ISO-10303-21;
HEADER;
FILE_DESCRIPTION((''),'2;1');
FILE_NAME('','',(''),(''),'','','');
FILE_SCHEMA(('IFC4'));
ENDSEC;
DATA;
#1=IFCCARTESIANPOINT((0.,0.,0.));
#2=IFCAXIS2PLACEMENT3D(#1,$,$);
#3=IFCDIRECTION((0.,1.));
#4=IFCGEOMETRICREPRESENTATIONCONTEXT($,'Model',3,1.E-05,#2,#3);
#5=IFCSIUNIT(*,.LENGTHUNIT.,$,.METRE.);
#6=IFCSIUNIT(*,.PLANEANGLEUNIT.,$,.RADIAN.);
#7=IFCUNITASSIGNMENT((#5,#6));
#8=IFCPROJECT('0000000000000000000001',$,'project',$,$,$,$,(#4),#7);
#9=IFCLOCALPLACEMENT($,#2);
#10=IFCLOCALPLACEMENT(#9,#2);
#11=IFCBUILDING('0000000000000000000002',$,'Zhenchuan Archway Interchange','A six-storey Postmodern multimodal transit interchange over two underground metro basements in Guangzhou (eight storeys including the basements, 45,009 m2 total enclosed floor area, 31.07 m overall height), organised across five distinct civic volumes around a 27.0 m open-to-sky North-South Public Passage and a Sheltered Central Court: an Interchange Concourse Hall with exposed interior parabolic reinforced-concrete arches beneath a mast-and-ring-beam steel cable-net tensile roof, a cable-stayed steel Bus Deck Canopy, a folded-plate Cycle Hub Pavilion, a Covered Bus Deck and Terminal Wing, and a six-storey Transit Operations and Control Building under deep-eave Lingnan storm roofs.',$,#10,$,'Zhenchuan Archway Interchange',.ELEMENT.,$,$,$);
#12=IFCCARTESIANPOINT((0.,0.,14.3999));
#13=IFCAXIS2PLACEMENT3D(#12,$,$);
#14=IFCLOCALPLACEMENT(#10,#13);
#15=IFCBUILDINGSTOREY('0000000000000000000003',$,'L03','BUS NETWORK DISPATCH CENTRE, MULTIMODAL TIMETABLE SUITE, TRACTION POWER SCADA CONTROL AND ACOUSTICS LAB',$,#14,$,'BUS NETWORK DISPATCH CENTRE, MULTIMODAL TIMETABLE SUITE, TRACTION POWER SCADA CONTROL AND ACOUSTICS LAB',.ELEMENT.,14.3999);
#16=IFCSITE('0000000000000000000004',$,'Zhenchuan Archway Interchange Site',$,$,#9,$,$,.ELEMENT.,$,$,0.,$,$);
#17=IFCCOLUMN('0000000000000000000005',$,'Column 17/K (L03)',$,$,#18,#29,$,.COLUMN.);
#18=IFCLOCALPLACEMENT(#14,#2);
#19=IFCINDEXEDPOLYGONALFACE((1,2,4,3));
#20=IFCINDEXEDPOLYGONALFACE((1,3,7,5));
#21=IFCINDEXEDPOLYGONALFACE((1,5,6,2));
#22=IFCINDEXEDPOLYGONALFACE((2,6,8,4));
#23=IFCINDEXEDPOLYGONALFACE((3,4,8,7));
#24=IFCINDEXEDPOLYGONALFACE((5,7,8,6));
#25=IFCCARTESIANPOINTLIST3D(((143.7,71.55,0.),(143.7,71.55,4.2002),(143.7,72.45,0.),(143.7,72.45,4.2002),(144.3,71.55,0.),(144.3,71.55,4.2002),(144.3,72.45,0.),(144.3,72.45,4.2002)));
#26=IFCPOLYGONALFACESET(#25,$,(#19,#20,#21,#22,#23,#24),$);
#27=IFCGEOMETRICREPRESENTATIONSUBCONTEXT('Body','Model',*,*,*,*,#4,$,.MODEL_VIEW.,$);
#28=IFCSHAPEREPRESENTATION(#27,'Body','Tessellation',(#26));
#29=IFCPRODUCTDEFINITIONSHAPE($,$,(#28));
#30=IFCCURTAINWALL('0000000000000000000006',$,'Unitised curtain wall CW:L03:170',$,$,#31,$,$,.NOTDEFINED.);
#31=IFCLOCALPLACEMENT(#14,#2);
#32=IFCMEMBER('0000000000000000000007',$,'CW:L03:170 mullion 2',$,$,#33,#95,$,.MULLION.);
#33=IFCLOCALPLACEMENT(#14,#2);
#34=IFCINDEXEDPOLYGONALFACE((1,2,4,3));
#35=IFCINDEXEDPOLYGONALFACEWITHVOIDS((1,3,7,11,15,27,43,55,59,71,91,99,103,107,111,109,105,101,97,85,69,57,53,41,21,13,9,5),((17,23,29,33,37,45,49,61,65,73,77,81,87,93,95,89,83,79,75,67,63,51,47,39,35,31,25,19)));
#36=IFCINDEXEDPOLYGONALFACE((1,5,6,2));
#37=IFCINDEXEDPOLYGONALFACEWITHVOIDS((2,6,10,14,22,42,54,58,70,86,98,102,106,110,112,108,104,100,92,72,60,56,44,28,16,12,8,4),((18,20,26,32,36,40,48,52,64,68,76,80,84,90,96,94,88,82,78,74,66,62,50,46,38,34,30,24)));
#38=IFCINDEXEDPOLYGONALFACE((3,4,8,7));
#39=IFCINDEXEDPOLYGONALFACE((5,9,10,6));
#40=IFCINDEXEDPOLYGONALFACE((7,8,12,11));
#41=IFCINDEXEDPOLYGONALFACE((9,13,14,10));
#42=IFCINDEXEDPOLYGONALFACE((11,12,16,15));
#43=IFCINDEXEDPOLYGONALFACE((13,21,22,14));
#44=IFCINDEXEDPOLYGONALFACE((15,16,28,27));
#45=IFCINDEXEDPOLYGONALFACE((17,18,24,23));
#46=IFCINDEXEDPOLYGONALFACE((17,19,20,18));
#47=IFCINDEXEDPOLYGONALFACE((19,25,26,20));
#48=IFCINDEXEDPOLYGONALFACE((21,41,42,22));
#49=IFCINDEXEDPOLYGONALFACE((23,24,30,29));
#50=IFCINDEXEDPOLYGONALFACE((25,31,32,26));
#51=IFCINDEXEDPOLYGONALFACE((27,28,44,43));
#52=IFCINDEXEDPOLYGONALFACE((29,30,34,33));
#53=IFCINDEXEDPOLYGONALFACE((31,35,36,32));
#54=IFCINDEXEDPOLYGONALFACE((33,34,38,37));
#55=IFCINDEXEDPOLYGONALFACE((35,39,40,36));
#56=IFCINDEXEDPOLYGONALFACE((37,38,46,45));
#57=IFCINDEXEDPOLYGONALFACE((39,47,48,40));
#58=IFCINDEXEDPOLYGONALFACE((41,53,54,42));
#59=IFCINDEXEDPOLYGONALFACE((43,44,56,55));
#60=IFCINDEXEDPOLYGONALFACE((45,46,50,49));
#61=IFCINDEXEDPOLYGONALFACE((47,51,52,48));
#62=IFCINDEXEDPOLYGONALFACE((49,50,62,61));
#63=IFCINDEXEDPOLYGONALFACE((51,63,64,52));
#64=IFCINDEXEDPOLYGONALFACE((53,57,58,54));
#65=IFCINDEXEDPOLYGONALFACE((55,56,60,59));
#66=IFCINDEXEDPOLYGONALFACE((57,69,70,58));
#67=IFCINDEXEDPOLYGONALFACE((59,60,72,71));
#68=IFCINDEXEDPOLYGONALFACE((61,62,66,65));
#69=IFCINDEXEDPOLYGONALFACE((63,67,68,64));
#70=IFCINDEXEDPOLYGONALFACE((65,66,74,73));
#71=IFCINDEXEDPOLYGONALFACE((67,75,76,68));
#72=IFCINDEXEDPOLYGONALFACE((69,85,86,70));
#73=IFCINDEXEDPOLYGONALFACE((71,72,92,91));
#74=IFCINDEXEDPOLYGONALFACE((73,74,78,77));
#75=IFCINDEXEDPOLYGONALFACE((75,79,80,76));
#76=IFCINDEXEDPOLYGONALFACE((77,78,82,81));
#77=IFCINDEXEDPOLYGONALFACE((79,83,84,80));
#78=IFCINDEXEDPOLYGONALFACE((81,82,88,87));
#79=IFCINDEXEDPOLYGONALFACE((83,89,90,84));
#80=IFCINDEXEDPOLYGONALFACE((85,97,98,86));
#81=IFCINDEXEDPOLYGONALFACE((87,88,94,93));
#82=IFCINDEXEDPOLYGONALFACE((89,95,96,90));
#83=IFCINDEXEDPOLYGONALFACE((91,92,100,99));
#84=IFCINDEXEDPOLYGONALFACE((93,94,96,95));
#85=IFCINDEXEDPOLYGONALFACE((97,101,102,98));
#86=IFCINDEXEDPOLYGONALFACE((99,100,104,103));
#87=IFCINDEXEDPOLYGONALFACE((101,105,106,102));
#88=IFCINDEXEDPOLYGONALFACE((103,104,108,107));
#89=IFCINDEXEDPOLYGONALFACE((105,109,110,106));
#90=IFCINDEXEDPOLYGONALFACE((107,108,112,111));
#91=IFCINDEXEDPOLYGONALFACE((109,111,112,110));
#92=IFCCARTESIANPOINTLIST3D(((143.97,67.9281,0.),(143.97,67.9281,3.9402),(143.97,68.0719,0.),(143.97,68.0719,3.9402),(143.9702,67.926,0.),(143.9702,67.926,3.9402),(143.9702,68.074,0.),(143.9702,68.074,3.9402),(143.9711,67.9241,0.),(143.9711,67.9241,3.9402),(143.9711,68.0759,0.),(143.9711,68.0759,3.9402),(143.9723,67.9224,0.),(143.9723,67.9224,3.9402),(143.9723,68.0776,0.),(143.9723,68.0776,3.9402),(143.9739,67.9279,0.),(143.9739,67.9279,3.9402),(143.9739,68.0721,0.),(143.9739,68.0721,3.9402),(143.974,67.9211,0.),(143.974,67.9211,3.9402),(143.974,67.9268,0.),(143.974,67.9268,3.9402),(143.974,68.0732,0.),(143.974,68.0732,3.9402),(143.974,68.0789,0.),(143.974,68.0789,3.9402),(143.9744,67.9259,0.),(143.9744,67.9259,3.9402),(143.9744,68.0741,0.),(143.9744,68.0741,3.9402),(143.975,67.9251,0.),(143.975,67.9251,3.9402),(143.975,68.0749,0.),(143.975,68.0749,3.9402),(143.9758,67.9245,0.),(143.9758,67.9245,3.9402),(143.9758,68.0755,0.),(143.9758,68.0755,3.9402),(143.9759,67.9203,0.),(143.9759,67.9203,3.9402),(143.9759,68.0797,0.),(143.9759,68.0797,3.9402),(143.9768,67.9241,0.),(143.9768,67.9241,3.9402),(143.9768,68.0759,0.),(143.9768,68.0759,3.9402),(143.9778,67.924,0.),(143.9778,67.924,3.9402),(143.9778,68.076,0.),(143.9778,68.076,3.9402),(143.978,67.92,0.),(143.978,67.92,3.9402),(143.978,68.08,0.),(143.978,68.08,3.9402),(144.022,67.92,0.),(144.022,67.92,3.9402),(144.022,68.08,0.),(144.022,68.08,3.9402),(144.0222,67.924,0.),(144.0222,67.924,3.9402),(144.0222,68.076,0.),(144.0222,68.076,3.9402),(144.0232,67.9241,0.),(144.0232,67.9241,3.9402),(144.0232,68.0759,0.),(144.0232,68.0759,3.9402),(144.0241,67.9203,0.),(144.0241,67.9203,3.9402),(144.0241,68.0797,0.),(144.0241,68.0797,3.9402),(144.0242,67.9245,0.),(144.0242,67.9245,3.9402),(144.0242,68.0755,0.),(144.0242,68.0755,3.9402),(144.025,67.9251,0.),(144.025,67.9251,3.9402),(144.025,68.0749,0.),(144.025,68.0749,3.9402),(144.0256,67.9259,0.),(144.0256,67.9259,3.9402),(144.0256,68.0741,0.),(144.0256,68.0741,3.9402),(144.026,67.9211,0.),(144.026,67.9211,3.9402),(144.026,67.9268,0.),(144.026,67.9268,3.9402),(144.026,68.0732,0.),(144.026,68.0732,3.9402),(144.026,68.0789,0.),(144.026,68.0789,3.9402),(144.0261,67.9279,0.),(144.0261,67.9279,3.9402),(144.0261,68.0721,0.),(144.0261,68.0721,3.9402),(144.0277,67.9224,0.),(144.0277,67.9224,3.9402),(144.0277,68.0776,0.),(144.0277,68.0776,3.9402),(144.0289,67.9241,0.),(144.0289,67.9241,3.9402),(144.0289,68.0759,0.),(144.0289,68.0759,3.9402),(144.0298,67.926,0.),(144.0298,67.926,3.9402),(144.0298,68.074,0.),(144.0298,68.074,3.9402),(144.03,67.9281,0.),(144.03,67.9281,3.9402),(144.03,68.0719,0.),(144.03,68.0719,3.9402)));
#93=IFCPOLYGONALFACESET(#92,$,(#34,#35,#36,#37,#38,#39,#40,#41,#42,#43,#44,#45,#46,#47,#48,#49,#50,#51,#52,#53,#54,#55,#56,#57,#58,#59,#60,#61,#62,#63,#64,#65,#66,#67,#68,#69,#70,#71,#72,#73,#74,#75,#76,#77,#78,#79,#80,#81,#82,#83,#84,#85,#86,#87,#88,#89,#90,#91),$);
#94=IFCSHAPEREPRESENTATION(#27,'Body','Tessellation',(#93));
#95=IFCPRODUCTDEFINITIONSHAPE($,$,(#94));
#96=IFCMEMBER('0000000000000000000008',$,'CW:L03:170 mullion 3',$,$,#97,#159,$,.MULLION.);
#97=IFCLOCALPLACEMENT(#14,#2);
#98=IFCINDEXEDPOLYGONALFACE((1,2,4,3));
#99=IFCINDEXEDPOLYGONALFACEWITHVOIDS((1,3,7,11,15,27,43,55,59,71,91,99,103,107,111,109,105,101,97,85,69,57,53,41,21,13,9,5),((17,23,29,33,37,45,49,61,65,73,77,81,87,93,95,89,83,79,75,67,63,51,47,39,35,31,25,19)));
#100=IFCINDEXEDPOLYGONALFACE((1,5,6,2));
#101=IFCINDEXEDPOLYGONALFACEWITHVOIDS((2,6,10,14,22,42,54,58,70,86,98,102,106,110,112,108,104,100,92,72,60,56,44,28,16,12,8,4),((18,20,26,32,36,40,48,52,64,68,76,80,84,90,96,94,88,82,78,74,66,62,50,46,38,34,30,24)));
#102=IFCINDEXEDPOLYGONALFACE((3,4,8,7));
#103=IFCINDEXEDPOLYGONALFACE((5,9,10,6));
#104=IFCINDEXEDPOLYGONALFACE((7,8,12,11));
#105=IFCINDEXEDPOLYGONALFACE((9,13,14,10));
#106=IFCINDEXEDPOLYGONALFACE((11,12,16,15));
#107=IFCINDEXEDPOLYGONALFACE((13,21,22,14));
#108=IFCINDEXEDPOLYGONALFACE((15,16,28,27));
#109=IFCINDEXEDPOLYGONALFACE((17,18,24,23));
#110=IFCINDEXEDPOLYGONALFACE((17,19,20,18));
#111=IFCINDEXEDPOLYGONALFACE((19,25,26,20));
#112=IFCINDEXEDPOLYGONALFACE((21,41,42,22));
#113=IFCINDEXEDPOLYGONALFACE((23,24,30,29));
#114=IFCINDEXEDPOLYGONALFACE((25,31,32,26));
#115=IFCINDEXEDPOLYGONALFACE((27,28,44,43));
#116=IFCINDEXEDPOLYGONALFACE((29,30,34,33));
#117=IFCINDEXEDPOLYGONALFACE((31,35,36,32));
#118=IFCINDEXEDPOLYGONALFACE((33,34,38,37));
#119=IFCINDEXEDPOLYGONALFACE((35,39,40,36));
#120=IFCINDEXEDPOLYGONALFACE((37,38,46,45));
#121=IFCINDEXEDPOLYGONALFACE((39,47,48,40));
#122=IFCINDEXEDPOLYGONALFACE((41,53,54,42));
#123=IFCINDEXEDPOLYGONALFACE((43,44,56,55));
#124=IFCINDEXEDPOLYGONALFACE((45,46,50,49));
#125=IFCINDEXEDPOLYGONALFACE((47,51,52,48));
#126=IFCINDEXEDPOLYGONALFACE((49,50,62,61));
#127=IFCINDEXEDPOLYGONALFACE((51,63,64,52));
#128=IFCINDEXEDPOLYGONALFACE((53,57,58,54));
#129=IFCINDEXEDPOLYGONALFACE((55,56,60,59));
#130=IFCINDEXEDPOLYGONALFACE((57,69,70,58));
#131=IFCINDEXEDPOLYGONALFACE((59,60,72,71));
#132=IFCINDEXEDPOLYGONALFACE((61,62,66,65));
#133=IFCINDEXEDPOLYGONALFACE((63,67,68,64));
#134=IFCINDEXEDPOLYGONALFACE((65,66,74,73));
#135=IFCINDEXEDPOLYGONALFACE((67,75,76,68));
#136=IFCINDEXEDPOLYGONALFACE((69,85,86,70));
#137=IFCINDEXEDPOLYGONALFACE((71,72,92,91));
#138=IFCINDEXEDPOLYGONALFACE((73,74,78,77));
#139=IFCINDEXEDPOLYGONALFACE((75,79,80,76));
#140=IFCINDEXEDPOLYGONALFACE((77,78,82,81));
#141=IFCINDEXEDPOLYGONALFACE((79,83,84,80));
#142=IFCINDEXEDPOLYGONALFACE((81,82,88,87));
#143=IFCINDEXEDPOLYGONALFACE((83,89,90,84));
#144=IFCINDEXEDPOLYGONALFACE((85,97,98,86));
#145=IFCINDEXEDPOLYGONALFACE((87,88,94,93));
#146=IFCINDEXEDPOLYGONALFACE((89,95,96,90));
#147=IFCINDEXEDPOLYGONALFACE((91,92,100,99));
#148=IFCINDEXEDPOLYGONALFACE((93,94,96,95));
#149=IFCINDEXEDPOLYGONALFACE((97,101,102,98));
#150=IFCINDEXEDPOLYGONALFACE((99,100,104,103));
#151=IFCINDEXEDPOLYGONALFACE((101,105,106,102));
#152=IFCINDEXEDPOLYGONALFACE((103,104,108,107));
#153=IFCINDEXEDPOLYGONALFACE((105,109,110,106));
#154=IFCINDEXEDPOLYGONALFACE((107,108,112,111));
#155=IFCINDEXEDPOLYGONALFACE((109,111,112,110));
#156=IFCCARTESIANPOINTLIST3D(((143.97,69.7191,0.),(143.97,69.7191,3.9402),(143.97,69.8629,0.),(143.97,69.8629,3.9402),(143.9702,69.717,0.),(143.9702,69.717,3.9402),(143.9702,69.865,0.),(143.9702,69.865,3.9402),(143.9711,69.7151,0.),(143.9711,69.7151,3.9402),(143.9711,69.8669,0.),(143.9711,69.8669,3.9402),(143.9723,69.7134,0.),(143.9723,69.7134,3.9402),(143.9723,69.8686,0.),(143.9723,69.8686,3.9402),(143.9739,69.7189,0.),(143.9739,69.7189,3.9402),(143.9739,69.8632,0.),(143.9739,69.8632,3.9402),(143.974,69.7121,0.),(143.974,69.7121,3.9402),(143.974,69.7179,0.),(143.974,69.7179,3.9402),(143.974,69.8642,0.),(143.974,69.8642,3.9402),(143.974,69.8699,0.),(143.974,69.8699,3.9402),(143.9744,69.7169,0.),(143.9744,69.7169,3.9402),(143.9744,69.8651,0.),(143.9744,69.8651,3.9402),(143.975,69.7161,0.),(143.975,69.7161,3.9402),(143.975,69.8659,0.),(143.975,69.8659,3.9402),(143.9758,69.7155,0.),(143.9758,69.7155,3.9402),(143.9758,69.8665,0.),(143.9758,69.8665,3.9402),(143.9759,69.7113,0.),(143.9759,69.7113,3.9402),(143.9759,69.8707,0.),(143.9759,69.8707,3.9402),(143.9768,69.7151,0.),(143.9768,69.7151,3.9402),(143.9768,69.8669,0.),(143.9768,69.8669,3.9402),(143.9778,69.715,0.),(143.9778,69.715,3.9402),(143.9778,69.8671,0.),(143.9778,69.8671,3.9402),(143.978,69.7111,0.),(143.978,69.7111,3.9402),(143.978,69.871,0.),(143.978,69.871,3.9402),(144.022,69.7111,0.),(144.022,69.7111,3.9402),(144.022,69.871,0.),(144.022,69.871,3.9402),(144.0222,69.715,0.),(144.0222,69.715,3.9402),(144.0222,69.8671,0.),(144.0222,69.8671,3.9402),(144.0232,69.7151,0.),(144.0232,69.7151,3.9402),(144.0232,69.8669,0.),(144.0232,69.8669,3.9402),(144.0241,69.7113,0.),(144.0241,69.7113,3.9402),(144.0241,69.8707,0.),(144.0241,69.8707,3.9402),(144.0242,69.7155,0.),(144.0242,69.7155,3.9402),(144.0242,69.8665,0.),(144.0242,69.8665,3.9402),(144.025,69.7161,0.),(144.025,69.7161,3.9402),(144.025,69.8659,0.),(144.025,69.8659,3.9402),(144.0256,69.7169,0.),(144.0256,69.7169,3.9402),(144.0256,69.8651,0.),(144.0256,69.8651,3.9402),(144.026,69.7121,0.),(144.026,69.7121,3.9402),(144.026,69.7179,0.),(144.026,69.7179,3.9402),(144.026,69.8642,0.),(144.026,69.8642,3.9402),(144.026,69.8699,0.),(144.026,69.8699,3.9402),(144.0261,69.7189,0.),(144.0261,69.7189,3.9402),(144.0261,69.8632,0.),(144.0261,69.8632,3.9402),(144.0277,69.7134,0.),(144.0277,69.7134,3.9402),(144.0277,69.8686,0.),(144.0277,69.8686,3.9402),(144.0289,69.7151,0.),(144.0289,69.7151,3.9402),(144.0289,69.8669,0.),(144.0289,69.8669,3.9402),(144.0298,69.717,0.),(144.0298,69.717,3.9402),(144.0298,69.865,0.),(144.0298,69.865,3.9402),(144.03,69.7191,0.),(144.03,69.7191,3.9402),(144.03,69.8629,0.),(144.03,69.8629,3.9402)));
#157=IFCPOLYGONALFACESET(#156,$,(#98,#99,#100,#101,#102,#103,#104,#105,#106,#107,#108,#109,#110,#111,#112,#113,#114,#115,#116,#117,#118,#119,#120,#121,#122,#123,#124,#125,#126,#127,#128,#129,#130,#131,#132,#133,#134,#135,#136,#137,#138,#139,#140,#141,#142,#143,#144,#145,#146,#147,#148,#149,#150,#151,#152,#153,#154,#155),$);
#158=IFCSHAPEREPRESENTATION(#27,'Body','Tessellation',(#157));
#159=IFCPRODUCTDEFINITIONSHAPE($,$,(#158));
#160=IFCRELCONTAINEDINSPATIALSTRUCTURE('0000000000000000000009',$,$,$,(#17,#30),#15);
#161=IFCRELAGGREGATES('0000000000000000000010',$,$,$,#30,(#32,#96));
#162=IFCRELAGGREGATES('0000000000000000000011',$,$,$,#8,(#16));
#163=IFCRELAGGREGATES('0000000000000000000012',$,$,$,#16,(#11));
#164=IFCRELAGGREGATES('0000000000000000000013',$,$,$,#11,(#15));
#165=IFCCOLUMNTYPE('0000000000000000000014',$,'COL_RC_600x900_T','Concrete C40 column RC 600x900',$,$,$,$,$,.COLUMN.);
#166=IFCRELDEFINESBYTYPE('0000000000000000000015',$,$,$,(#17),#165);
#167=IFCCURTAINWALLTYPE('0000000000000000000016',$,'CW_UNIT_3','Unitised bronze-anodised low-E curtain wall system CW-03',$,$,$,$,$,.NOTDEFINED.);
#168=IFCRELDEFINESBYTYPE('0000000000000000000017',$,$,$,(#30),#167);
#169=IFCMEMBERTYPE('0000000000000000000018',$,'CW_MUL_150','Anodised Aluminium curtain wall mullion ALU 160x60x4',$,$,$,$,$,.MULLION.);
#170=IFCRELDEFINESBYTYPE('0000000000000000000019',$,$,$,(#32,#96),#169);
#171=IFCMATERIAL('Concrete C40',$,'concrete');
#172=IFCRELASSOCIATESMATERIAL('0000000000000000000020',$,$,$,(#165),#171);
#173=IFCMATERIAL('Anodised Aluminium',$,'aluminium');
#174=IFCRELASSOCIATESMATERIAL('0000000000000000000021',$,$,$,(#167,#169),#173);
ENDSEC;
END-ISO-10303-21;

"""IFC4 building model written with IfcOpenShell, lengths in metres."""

from ifc_helpers import new_model, si_unit, direction, frame, origin, origin_2d, place, context, subcontext, project, spatial, rectangle, hollow_rectangle, extrude, material, material_profile, profile_set, type_object, element, aggregate, save


model = new_model("IFC4")

# Units and contexts
model_context = context("Model", 3, precision=1e-05, world=origin(), true_north=direction((0.0, 1.0)))
body_context = subcontext(model_context, "Body", "Model", "MODEL_VIEW")
ifc_project = project(units=[si_unit("LENGTHUNIT", "METRE"), si_unit("PLANEANGLEUNIT", "RADIAN")], contexts=[model_context])

# Site, building, storey
site_placement = place(None, origin())
site = spatial("IfcSite", under=ifc_project, at=site_placement, Name="Zhenchuan Archway Interchange Site", CompositionType="ELEMENT", RefElevation=0.0)
building_placement = place(site_placement, origin())
building = spatial("IfcBuilding", under=site, at=building_placement, Name="Zhenchuan Archway Interchange", Description="A six-storey Postmodern multimodal transit interchange over two underground metro basements in Guangzhou (eight storeys including the basements, 45,009 m2 total enclosed floor area, 31.07 m overall height), organised across five distinct civic volumes around a 27.0 m open-to-sky North-South Public Passage and a Sheltered Central Court: an Interchange Concourse Hall with exposed interior parabolic reinforced-concrete arches beneath a mast-and-ring-beam steel cable-net tensile roof, a cable-stayed steel Bus Deck Canopy, a folded-plate Cycle Hub Pavilion, a Covered Bus Deck and Terminal Wing, and a six-storey Transit Operations and Control Building under deep-eave Lingnan storm roofs.", LongName="Zhenchuan Archway Interchange", CompositionType="ELEMENT")
storey_placement = place(building_placement, frame((0.0, 0.0, 14.3999)))
storey = spatial("IfcBuildingStorey", under=building, at=storey_placement, Name="L03", Description="BUS NETWORK DISPATCH CENTRE, MULTIMODAL TIMETABLE SUITE, TRACTION POWER SCADA CONTROL AND ACOUSTICS LAB", LongName="BUS NETWORK DISPATCH CENTRE, MULTIMODAL TIMETABLE SUITE, TRACTION POWER SCADA CONTROL AND ACOUSTICS LAB", CompositionType="ELEMENT", Elevation=14.3999)

# Column
ifc_material_1 = material(Name="Concrete C40", Category="concrete")
ifc_material_profile_1 = material_profile(ifc_material_1, rectangle(XDim=0.6001, YDim=0.8999, at=origin_2d()), Name="RC 600x900")
ifc_profile_set_1 = profile_set([ifc_material_profile_1], Name="Concrete C40")
column_type = type_object("IfcColumnType", Name="COL_RC_600x900_T", Description="Concrete C40 column RC 600x900", PredefinedType="COLUMN", material=ifc_profile_set_1)
column_placement = place(storey_placement, frame((144.0, 72.0, 0.0), z_axis=(0.0, 0.0, 1.0), x_axis=(1.0, 0.0, 0.0)))
element("IfcColumn", 1, at=column_placement, inside=storey, type_object=column_type, Name="Column 17/K (L03)", PredefinedType="COLUMN", context=body_context, shape_type="SweptSolid", body=[
    extrude(rectangle(XDim=0.6001, YDim=0.8999, at=origin_2d()), origin(), (0.0, 0.0, 1.0), 4.2002),
])

# Curtain wall, members
ifc_material_2 = material(Name="Anodised Aluminium", Category="aluminium")
curtain_wall_type = type_object("IfcCurtainWallType", Name="CW_UNIT_3", Description="Unitised bronze-anodised low-E curtain wall system CW-03", PredefinedType="NOTDEFINED", material=ifc_material_2)
curtain_wall_placement = place(storey_placement, origin())
curtain_wall = element("IfcCurtainWall", 2, at=curtain_wall_placement, inside=storey, type_object=curtain_wall_type, Name="Unitised curtain wall CW:L03:170", PredefinedType="NOTDEFINED")
ifc_material_profile_2 = material_profile(ifc_material_2, hollow_rectangle(XDim=0.0601, YDim=0.1599, WallThickness=0.0039, InnerFilletRadius=0.0039, OuterFilletRadius=0.0081, at=origin_2d()), Name="ALU 160x60x4")
ifc_profile_set_2 = profile_set([ifc_material_profile_2], Name="Anodised Aluminium")
member_type_1 = type_object("IfcMemberType", Name="CW_MUL_150", Description="Anodised Aluminium curtain wall mullion ALU 160x60x4", PredefinedType="MULLION", material=ifc_profile_set_2)
member_1_placement = place(storey_placement, frame((144.0, 68.0, 0.0), z_axis=(0.0, 0.0, 1.0), x_axis=(1.0, 0.0, 0.0)))
member_1 = element("IfcMember", 3, at=member_1_placement, type_object=member_type_1, Name="CW:L03:170 mullion 2", PredefinedType="MULLION", context=body_context, shape_type="SweptSolid", body=[
    extrude(hollow_rectangle(XDim=0.0601, YDim=0.1599, WallThickness=0.0039, InnerFilletRadius=0.0039, OuterFilletRadius=0.0081, at=origin_2d()), origin(), (0.0, 0.0, 1.0), 3.9402),
])
member_2_placement = place(storey_placement, frame((144.0, 69.791, 0.0), z_axis=(0.0, 0.0, 1.0), x_axis=(1.0, 0.0, 0.0)))
member_2 = element("IfcMember", 4, at=member_2_placement, type_object=member_type_1, Name="CW:L03:170 mullion 3", PredefinedType="MULLION", context=body_context, shape_type="SweptSolid", body=[
    extrude(hollow_rectangle(XDim=0.0601, YDim=0.1599, WallThickness=0.0039, InnerFilletRadius=0.0039, OuterFilletRadius=0.0081, at=origin_2d()), origin(), (0.0, 0.0, 1.0), 3.9402),
])
aggregate(curtain_wall, [member_1, member_2])

save(model, "model.ifc")
